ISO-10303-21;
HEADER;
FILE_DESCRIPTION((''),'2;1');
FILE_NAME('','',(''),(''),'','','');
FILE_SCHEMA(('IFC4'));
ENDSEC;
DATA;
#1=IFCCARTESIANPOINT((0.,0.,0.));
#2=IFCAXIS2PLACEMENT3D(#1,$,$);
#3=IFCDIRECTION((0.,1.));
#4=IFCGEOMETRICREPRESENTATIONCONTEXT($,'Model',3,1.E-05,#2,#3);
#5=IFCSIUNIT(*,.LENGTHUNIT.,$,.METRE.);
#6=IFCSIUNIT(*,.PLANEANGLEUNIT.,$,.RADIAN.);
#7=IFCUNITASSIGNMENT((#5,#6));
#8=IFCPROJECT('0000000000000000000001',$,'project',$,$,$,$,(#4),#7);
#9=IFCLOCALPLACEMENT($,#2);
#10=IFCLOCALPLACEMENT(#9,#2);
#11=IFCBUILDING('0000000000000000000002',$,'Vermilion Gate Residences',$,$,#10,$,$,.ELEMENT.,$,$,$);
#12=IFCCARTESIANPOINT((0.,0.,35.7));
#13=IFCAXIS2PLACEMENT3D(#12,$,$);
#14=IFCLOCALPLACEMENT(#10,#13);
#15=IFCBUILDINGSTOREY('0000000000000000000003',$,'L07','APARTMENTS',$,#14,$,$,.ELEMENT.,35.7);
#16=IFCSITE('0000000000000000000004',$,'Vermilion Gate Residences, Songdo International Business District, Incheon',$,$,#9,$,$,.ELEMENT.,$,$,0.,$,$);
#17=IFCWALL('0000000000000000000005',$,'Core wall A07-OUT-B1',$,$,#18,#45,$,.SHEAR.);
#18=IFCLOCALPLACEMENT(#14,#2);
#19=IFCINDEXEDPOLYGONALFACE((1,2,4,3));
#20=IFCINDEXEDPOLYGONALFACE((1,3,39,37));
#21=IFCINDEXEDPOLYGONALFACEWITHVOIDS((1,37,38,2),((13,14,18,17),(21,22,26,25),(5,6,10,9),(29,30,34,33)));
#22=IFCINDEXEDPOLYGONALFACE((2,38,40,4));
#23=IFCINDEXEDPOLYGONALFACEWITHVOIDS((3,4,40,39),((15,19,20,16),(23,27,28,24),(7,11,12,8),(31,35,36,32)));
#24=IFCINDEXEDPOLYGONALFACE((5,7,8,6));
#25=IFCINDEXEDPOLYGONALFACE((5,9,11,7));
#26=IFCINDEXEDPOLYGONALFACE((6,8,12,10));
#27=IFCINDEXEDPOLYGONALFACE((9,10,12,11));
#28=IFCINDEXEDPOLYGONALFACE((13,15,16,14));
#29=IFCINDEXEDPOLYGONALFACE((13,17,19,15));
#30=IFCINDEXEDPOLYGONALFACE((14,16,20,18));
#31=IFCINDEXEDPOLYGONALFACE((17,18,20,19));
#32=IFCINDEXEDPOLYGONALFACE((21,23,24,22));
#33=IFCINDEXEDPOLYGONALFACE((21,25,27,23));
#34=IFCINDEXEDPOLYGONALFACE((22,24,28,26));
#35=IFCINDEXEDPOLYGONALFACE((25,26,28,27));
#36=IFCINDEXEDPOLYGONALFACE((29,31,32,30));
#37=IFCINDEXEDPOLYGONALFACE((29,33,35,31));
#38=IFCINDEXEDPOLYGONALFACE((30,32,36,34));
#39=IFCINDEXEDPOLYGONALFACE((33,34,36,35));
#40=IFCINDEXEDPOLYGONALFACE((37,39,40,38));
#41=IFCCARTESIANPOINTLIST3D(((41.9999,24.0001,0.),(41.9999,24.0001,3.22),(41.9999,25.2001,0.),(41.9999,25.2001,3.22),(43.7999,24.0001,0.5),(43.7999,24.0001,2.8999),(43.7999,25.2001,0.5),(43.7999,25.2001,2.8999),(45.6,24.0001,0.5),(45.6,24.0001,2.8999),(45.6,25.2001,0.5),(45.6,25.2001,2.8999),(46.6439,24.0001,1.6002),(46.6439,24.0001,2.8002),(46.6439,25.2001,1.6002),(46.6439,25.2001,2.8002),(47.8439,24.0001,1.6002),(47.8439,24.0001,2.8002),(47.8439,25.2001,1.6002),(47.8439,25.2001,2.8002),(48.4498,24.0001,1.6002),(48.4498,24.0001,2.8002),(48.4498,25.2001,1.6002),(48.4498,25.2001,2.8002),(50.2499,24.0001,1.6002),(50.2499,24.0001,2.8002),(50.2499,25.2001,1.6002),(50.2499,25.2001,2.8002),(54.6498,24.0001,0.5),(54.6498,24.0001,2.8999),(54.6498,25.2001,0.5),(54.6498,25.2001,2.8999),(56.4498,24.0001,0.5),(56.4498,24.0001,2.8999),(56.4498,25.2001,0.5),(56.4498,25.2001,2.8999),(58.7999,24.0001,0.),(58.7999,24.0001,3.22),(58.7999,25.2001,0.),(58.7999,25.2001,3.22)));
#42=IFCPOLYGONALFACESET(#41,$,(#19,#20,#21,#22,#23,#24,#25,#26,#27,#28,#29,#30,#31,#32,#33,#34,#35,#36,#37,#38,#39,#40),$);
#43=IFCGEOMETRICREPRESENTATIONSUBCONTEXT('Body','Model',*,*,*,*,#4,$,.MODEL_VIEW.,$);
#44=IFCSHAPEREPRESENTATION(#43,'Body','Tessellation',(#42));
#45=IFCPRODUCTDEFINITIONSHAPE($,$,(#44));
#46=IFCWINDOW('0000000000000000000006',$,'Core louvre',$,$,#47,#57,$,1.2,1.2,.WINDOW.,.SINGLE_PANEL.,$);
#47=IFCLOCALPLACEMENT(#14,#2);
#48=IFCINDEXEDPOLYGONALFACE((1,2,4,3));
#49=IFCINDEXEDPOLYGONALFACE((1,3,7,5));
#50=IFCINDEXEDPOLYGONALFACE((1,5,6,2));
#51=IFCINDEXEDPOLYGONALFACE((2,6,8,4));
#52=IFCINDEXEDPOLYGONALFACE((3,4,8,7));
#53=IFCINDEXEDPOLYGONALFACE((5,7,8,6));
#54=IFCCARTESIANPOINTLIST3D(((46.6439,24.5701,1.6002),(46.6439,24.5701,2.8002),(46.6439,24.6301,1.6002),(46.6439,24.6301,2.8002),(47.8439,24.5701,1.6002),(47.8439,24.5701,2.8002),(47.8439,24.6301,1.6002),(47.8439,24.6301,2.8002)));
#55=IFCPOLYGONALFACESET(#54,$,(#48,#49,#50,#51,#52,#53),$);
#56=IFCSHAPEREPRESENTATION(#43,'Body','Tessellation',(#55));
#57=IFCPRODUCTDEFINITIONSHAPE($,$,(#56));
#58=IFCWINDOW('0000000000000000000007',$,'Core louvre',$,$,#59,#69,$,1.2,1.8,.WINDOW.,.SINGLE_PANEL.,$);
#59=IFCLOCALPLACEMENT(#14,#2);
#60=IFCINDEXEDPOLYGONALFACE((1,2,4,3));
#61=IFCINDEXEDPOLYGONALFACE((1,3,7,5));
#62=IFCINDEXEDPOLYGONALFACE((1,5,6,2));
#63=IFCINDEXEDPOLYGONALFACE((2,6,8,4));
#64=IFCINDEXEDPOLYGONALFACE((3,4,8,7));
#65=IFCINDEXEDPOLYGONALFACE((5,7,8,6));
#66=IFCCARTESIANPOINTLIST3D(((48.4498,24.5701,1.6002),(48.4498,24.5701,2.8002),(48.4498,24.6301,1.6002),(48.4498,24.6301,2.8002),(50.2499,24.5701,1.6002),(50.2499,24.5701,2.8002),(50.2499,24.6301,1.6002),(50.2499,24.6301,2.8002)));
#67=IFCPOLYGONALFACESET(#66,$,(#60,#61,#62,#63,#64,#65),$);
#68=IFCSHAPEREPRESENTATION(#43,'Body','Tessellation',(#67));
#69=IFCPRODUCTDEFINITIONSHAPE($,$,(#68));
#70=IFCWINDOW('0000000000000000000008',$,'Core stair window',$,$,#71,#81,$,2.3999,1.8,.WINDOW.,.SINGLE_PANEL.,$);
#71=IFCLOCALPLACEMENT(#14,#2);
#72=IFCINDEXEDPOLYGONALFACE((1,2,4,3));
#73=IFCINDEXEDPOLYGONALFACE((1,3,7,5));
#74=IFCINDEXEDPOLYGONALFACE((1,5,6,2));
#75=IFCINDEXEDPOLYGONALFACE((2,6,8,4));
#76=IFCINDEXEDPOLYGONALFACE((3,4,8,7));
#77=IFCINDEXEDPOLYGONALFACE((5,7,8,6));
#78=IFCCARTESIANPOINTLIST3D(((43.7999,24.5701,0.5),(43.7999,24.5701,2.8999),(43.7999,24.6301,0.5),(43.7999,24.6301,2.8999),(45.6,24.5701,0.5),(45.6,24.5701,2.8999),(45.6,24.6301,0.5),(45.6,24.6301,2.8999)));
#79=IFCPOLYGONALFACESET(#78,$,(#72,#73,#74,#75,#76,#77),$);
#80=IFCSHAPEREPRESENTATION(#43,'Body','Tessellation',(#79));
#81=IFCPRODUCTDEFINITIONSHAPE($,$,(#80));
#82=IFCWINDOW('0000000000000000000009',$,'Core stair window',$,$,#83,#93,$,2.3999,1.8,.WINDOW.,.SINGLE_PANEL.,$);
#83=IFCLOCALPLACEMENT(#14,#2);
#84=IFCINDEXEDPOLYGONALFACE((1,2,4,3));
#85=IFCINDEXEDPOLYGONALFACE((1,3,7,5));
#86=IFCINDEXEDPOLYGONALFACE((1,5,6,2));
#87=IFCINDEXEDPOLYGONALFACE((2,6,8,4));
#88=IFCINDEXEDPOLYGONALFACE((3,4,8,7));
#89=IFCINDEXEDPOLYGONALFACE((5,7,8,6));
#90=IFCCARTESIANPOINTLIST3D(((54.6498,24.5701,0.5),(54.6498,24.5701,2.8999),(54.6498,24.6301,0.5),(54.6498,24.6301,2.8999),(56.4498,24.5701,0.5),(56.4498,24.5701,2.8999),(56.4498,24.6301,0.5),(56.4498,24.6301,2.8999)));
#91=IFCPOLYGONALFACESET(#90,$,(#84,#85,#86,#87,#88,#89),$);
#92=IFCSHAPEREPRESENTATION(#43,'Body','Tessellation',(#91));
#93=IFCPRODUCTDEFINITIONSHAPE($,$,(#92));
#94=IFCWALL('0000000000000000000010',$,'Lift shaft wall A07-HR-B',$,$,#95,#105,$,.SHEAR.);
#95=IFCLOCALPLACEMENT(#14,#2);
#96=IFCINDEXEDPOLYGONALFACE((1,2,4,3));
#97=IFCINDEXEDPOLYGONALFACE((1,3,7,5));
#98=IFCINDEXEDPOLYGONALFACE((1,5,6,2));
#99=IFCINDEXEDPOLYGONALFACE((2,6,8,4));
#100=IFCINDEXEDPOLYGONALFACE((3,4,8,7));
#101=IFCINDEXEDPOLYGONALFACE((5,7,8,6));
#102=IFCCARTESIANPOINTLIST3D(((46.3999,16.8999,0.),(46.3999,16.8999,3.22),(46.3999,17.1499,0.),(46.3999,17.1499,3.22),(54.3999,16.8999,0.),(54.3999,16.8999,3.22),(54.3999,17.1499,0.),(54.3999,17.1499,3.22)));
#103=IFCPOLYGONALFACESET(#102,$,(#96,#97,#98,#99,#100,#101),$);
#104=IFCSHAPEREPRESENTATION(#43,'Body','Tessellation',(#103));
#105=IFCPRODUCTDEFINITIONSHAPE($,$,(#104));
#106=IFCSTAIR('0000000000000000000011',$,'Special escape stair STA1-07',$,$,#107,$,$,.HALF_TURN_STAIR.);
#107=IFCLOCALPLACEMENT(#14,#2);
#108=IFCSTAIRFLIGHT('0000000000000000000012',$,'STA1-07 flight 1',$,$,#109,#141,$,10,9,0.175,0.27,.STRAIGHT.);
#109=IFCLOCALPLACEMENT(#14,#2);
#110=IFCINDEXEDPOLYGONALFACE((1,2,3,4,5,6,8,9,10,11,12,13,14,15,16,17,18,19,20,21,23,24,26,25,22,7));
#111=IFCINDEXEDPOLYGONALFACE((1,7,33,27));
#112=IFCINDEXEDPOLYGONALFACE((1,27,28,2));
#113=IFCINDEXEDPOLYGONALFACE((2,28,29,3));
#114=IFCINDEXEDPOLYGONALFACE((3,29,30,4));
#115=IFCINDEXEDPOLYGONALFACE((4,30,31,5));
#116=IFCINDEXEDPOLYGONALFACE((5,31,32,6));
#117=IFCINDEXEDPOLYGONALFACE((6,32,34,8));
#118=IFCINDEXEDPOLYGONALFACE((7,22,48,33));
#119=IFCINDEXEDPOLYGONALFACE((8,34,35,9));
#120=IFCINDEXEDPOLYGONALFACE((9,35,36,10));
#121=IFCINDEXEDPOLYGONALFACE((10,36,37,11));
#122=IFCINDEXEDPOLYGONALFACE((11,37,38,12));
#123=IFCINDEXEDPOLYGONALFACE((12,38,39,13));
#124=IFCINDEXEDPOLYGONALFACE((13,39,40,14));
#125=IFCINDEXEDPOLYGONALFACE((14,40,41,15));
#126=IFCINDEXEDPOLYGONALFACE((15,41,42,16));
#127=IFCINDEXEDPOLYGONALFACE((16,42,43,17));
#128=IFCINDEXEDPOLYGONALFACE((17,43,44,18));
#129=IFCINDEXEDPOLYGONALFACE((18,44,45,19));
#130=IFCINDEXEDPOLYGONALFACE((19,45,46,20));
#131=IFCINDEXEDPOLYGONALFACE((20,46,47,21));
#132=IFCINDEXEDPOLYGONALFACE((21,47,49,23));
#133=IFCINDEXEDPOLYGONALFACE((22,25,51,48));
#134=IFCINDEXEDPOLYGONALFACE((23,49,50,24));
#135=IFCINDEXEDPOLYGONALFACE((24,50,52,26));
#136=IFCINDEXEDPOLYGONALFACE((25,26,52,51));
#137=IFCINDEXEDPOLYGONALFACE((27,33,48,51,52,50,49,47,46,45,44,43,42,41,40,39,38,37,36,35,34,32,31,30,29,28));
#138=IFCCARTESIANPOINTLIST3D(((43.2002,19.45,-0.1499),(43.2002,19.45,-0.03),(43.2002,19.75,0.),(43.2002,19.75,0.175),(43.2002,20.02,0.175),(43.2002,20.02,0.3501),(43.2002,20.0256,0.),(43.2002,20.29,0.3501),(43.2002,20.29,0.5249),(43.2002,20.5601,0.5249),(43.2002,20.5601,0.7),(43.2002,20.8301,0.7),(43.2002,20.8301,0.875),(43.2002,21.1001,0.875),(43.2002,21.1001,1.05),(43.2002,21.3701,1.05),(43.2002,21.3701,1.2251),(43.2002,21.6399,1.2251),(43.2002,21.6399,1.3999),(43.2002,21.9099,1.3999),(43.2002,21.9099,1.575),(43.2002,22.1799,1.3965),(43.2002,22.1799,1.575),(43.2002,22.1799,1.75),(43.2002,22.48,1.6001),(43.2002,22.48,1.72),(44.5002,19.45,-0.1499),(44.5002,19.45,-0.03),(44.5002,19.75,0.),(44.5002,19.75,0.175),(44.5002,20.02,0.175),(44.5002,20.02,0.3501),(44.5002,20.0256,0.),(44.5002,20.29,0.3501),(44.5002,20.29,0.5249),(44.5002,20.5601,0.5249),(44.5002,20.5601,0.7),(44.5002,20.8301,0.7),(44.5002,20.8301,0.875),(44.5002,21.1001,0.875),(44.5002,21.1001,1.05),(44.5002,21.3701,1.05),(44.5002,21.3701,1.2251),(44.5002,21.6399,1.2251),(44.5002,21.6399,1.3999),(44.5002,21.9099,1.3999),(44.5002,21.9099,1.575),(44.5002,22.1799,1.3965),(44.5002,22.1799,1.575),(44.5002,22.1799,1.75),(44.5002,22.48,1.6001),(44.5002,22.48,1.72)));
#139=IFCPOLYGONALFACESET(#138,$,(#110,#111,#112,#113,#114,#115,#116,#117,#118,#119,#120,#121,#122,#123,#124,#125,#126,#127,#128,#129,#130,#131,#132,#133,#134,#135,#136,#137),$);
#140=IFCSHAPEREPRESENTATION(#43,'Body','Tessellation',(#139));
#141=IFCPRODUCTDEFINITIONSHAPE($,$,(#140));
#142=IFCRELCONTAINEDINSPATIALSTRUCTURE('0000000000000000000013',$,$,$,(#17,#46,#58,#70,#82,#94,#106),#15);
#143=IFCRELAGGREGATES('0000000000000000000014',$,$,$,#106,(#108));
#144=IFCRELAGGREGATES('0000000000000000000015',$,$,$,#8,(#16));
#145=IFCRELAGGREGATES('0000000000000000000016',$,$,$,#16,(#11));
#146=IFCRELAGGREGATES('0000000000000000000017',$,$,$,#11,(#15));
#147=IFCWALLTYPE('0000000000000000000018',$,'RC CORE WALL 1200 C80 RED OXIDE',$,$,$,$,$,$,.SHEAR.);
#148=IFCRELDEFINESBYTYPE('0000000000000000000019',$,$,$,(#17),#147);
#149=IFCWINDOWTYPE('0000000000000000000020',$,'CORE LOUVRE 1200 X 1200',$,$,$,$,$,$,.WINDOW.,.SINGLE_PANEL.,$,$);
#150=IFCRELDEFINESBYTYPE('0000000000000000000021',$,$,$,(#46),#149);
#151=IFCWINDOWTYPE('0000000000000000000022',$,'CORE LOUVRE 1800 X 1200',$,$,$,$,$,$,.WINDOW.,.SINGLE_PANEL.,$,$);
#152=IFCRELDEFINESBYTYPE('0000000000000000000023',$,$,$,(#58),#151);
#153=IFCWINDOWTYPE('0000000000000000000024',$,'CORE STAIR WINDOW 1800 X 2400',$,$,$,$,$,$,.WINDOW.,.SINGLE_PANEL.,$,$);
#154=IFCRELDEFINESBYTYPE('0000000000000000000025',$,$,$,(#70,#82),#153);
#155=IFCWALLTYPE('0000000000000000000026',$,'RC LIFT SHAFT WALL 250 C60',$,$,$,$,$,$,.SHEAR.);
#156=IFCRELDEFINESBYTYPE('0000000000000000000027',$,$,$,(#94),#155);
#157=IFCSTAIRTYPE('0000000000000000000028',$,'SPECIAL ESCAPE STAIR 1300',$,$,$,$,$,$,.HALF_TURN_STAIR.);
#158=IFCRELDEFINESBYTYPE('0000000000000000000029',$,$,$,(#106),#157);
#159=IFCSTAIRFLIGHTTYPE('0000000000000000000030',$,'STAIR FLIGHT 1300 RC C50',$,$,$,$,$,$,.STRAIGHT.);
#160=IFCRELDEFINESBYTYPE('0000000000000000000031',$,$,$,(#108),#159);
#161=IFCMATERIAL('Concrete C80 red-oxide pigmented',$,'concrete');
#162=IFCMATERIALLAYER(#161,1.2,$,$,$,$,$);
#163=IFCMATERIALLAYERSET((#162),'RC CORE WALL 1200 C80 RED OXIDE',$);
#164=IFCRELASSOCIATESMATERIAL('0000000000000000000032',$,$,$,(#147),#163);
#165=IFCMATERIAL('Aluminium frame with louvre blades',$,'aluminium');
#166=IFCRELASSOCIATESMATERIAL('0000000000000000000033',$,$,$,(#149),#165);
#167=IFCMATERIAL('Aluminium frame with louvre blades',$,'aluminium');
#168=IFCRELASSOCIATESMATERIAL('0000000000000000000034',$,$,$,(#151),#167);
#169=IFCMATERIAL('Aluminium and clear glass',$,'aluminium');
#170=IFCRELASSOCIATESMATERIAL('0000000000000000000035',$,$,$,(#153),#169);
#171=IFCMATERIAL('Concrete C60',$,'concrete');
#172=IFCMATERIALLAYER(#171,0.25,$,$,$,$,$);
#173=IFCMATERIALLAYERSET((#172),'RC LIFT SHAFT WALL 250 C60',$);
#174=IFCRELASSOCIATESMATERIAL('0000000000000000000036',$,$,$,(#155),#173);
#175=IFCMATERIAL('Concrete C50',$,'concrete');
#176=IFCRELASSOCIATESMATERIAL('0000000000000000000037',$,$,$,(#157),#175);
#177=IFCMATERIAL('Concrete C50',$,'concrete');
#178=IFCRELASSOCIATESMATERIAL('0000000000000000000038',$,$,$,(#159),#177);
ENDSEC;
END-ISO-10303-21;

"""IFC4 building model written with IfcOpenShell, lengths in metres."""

from ifc_helpers import new_model, si_unit, direction, frame, frame_2d, origin, place, context, subcontext, project, spatial, polyline, rectangle, outline, extrude, material, layer, layer_set, type_object, element, fill, aggregate, save


model = new_model("IFC4")

# Units and contexts
model_context = context("Model", 3, precision=1e-05, world=origin(), true_north=direction((0.0, 1.0)))
body_context = subcontext(model_context, "Body", "Model", "MODEL_VIEW")
ifc_project = project(units=[si_unit("LENGTHUNIT", "METRE"), si_unit("PLANEANGLEUNIT", "RADIAN")], contexts=[model_context])

# Site, building, storey
site_placement = place(None, origin())
site = spatial("IfcSite", under=ifc_project, at=site_placement, Name="Vermilion Gate Residences, Songdo International Business District, Incheon", CompositionType="ELEMENT", RefElevation=0.0)
building_placement = place(site_placement, origin())
building = spatial("IfcBuilding", under=site, at=building_placement, Name="Vermilion Gate Residences", CompositionType="ELEMENT")
storey_placement = place(building_placement, frame((0.0, 0.0, 35.7)))
storey = spatial("IfcBuildingStorey", under=building, at=storey_placement, Name="L07", Description="APARTMENTS", CompositionType="ELEMENT", Elevation=35.7)

# Wall, openings, windows
ifc_material_1 = material(Name="Concrete C80 red-oxide pigmented", Category="concrete")
ifc_layer_1 = layer(ifc_material_1, 1.2)
ifc_layer_set_1 = layer_set([ifc_layer_1], Name="RC CORE WALL 1200 C80 RED OXIDE")
wall_type_1 = type_object("IfcWallType", Name="RC CORE WALL 1200 C80 RED OXIDE", PredefinedType="SHEAR", material=ifc_layer_set_1)
wall_1_placement = place(storey_placement, frame((42.0, 24.6001, 0.0), z_axis=(0.0, 0.0, 1.0), x_axis=(1.0, 0.0, 0.0)))
wall_1 = element("IfcWall", 1, at=wall_1_placement, inside=storey, type_object=wall_type_1, Name="Core wall A07-OUT-B1", PredefinedType="SHEAR", context=body_context, shape_type="SweptSolid", body=[
    extrude(rectangle(XDim=16.8, YDim=1.2, at=frame_2d((8.3999, 0.0))), origin(), (0.0, 0.0, 1.0), 3.22),
])
opening_1_placement = place(wall_1_placement, frame((1.8, 0.0, 0.5)))
opening_1 = element("IfcOpeningElement", 2, at=opening_1_placement, cuts=wall_1, PredefinedType="OPENING", context=body_context, shape_type="SweptSolid", body=[
    extrude(rectangle(XDim=1.8, YDim=2.3999, at=frame_2d((0.8999, 1.2))), frame((0.0, 0.6099, 0.0), z_axis=(0.0, -1.0, 0.0), x_axis=(1.0, 0.0, 0.0)), (0.0, 0.0, 1.0), 1.22),
])
opening_2_placement = place(wall_1_placement, frame((4.6438, 0.0, 1.6001)))
opening_2 = element("IfcOpeningElement", 3, at=opening_2_placement, cuts=wall_1, PredefinedType="OPENING", context=body_context, shape_type="SweptSolid", body=[
    extrude(rectangle(XDim=1.2, YDim=1.2, at=frame_2d((0.6001, 0.6001))), frame((0.0, 0.6099, 0.0), z_axis=(0.0, -1.0, 0.0), x_axis=(1.0, 0.0, 0.0)), (0.0, 0.0, 1.0), 1.22),
])
opening_3_placement = place(wall_1_placement, frame((6.45, 0.0, 1.6001)))
opening_3 = element("IfcOpeningElement", 4, at=opening_3_placement, cuts=wall_1, PredefinedType="OPENING", context=body_context, shape_type="SweptSolid", body=[
    extrude(rectangle(XDim=1.8, YDim=1.2, at=frame_2d((0.8999, 0.6001))), frame((0.0, 0.6099, 0.0), z_axis=(0.0, -1.0, 0.0), x_axis=(1.0, 0.0, 0.0)), (0.0, 0.0, 1.0), 1.22),
])
opening_4_placement = place(wall_1_placement, frame((12.6499, 0.0, 0.5)))
opening_4 = element("IfcOpeningElement", 5, at=opening_4_placement, cuts=wall_1, PredefinedType="OPENING", context=body_context, shape_type="SweptSolid", body=[
    extrude(rectangle(XDim=1.8, YDim=2.3999, at=frame_2d((0.8999, 1.2))), frame((0.0, 0.6099, 0.0), z_axis=(0.0, -1.0, 0.0), x_axis=(1.0, 0.0, 0.0)), (0.0, 0.0, 1.0), 1.22),
])
ifc_material_2 = material(Name="Aluminium frame with louvre blades", Category="aluminium")
window_type_1 = type_object("IfcWindowType", Name="CORE LOUVRE 1200 X 1200", PartitioningType="SINGLE_PANEL", PredefinedType="WINDOW", material=ifc_material_2)
window_1_placement = place(opening_2_placement, origin())
window_1 = element("IfcWindow", 6, at=window_1_placement, inside=storey, type_object=window_type_1, Name="Core louvre", OverallHeight=1.2, OverallWidth=1.2, PartitioningType="SINGLE_PANEL", PredefinedType="WINDOW", context=body_context, shape_type="SweptSolid", body=[
    extrude(rectangle(XDim=1.2, YDim=1.2, at=frame_2d((0.6001, 0.6001))), frame((0.0, 0.03, 0.0), z_axis=(0.0, -1.0, 0.0), x_axis=(1.0, 0.0, 0.0)), (0.0, 0.0, 1.0), 0.0601),
])
fill(opening_2, window_1)
ifc_material_3 = material(Name="Aluminium frame with louvre blades", Category="aluminium")
window_type_2 = type_object("IfcWindowType", Name="CORE LOUVRE 1800 X 1200", PartitioningType="SINGLE_PANEL", PredefinedType="WINDOW", material=ifc_material_3)
window_2_placement = place(opening_3_placement, origin())
window_2 = element("IfcWindow", 7, at=window_2_placement, inside=storey, type_object=window_type_2, Name="Core louvre", OverallHeight=1.2, OverallWidth=1.8, PartitioningType="SINGLE_PANEL", PredefinedType="WINDOW", context=body_context, shape_type="SweptSolid", body=[
    extrude(rectangle(XDim=1.8, YDim=1.2, at=frame_2d((0.8999, 0.6001))), frame((0.0, 0.03, 0.0), z_axis=(0.0, -1.0, 0.0), x_axis=(1.0, 0.0, 0.0)), (0.0, 0.0, 1.0), 0.0601),
])
fill(opening_3, window_2)
ifc_material_4 = material(Name="Aluminium and clear glass", Category="aluminium")
window_type_3 = type_object("IfcWindowType", Name="CORE STAIR WINDOW 1800 X 2400", PartitioningType="SINGLE_PANEL", PredefinedType="WINDOW", material=ifc_material_4)
window_3_placement = place(opening_1_placement, origin())
window_3 = element("IfcWindow", 8, at=window_3_placement, inside=storey, type_object=window_type_3, Name="Core stair window", OverallHeight=2.3999, OverallWidth=1.8, PartitioningType="SINGLE_PANEL", PredefinedType="WINDOW", context=body_context, shape_type="SweptSolid", body=[
    extrude(rectangle(XDim=1.8, YDim=2.3999, at=frame_2d((0.8999, 1.2))), frame((0.0, 0.03, 0.0), z_axis=(0.0, -1.0, 0.0), x_axis=(1.0, 0.0, 0.0)), (0.0, 0.0, 1.0), 0.0601),
])
fill(opening_1, window_3)
window_4_placement = place(opening_4_placement, origin())
window_4 = element("IfcWindow", 9, at=window_4_placement, inside=storey, type_object=window_type_3, Name="Core stair window", OverallHeight=2.3999, OverallWidth=1.8, PartitioningType="SINGLE_PANEL", PredefinedType="WINDOW", context=body_context, shape_type="SweptSolid", body=[
    extrude(rectangle(XDim=1.8, YDim=2.3999, at=frame_2d((0.8999, 1.2))), frame((0.0, 0.03, 0.0), z_axis=(0.0, -1.0, 0.0), x_axis=(1.0, 0.0, 0.0)), (0.0, 0.0, 1.0), 0.0601),
])
fill(opening_4, window_4)

# Wall
ifc_material_5 = material(Name="Concrete C60", Category="concrete")
ifc_layer_2 = layer(ifc_material_5, 0.25)
ifc_layer_set_2 = layer_set([ifc_layer_2], Name="RC LIFT SHAFT WALL 250 C60")
wall_type_2 = type_object("IfcWallType", Name="RC LIFT SHAFT WALL 250 C60", PredefinedType="SHEAR", material=ifc_layer_set_2)
wall_2_placement = place(storey_placement, frame((46.3999, 17.0249, 0.0), z_axis=(0.0, 0.0, 1.0), x_axis=(1.0, 0.0, 0.0)))
element("IfcWall", 10, at=wall_2_placement, inside=storey, type_object=wall_type_2, Name="Lift shaft wall A07-HR-B", PredefinedType="SHEAR", context=body_context, shape_type="SweptSolid", body=[
    extrude(rectangle(XDim=8.0, YDim=0.25, at=frame_2d((4.0, 0.0))), origin(), (0.0, 0.0, 1.0), 3.22),
])

# Stair, stair flight
ifc_material_6 = material(Name="Concrete C50", Category="concrete")
stair_type = type_object("IfcStairType", Name="SPECIAL ESCAPE STAIR 1300", PredefinedType="HALF_TURN_STAIR", material=ifc_material_6)
stair_placement = place(storey_placement, origin())
stair = element("IfcStair", 11, at=stair_placement, inside=storey, type_object=stair_type, Name="Special escape stair STA1-07", PredefinedType="HALF_TURN_STAIR")
ifc_material_7 = material(Name="Concrete C50", Category="concrete")
stair_flight_type = type_object("IfcStairFlightType", Name="STAIR FLIGHT 1300 RC C50", PredefinedType="STRAIGHT", material=ifc_material_7)
stair_flight_1_placement = place(storey_placement, frame((43.8501, 19.75, 0.0), z_axis=(0.0, 0.0, 1.0), x_axis=(0.0, 1.0, 0.0)))
stair_flight_1 = element("IfcStairFlight", 12, at=stair_flight_1_placement, type_object=stair_flight_type, Name="STA1-07 flight 1", NumberOfRisers=10, NumberOfTreads=9, PredefinedType="STRAIGHT", RiserHeight=0.175, TreadLength=0.27, context=body_context, shape_type="SweptSolid", body=[
    extrude(outline(polyline([(-0.3, -0.1499), (-0.3, -0.03), (0.0, 0.0), (0.0, 0.175), (0.27, 0.175), (0.27, 0.3501), (0.54, 0.3501), (0.54, 0.5249), (0.8101, 0.5249), (0.8101, 0.7), (1.0801, 0.7), (1.0801, 0.875), (1.3501, 0.875), (1.3501, 1.05), (1.6201, 1.05), (1.6201, 1.2251), (1.8899, 1.2251), (1.8899, 1.3999), (2.1599, 1.3999), (2.1599, 1.575), (2.4299, 1.575), (2.4299, 1.75), (2.73, 1.72), (2.73, 1.6001), (2.4299, 1.3965), (0.2756, 0.0), (-0.3, -0.1499)])), frame((0.0, 0.6499, 0.0), z_axis=(0.0, -1.0, 0.0), x_axis=(1.0, 0.0, 0.0)), (0.0, 0.0, 1.0), 1.3),
])
aggregate(stair, [stair_flight_1])

save(model, "model.ifc")
